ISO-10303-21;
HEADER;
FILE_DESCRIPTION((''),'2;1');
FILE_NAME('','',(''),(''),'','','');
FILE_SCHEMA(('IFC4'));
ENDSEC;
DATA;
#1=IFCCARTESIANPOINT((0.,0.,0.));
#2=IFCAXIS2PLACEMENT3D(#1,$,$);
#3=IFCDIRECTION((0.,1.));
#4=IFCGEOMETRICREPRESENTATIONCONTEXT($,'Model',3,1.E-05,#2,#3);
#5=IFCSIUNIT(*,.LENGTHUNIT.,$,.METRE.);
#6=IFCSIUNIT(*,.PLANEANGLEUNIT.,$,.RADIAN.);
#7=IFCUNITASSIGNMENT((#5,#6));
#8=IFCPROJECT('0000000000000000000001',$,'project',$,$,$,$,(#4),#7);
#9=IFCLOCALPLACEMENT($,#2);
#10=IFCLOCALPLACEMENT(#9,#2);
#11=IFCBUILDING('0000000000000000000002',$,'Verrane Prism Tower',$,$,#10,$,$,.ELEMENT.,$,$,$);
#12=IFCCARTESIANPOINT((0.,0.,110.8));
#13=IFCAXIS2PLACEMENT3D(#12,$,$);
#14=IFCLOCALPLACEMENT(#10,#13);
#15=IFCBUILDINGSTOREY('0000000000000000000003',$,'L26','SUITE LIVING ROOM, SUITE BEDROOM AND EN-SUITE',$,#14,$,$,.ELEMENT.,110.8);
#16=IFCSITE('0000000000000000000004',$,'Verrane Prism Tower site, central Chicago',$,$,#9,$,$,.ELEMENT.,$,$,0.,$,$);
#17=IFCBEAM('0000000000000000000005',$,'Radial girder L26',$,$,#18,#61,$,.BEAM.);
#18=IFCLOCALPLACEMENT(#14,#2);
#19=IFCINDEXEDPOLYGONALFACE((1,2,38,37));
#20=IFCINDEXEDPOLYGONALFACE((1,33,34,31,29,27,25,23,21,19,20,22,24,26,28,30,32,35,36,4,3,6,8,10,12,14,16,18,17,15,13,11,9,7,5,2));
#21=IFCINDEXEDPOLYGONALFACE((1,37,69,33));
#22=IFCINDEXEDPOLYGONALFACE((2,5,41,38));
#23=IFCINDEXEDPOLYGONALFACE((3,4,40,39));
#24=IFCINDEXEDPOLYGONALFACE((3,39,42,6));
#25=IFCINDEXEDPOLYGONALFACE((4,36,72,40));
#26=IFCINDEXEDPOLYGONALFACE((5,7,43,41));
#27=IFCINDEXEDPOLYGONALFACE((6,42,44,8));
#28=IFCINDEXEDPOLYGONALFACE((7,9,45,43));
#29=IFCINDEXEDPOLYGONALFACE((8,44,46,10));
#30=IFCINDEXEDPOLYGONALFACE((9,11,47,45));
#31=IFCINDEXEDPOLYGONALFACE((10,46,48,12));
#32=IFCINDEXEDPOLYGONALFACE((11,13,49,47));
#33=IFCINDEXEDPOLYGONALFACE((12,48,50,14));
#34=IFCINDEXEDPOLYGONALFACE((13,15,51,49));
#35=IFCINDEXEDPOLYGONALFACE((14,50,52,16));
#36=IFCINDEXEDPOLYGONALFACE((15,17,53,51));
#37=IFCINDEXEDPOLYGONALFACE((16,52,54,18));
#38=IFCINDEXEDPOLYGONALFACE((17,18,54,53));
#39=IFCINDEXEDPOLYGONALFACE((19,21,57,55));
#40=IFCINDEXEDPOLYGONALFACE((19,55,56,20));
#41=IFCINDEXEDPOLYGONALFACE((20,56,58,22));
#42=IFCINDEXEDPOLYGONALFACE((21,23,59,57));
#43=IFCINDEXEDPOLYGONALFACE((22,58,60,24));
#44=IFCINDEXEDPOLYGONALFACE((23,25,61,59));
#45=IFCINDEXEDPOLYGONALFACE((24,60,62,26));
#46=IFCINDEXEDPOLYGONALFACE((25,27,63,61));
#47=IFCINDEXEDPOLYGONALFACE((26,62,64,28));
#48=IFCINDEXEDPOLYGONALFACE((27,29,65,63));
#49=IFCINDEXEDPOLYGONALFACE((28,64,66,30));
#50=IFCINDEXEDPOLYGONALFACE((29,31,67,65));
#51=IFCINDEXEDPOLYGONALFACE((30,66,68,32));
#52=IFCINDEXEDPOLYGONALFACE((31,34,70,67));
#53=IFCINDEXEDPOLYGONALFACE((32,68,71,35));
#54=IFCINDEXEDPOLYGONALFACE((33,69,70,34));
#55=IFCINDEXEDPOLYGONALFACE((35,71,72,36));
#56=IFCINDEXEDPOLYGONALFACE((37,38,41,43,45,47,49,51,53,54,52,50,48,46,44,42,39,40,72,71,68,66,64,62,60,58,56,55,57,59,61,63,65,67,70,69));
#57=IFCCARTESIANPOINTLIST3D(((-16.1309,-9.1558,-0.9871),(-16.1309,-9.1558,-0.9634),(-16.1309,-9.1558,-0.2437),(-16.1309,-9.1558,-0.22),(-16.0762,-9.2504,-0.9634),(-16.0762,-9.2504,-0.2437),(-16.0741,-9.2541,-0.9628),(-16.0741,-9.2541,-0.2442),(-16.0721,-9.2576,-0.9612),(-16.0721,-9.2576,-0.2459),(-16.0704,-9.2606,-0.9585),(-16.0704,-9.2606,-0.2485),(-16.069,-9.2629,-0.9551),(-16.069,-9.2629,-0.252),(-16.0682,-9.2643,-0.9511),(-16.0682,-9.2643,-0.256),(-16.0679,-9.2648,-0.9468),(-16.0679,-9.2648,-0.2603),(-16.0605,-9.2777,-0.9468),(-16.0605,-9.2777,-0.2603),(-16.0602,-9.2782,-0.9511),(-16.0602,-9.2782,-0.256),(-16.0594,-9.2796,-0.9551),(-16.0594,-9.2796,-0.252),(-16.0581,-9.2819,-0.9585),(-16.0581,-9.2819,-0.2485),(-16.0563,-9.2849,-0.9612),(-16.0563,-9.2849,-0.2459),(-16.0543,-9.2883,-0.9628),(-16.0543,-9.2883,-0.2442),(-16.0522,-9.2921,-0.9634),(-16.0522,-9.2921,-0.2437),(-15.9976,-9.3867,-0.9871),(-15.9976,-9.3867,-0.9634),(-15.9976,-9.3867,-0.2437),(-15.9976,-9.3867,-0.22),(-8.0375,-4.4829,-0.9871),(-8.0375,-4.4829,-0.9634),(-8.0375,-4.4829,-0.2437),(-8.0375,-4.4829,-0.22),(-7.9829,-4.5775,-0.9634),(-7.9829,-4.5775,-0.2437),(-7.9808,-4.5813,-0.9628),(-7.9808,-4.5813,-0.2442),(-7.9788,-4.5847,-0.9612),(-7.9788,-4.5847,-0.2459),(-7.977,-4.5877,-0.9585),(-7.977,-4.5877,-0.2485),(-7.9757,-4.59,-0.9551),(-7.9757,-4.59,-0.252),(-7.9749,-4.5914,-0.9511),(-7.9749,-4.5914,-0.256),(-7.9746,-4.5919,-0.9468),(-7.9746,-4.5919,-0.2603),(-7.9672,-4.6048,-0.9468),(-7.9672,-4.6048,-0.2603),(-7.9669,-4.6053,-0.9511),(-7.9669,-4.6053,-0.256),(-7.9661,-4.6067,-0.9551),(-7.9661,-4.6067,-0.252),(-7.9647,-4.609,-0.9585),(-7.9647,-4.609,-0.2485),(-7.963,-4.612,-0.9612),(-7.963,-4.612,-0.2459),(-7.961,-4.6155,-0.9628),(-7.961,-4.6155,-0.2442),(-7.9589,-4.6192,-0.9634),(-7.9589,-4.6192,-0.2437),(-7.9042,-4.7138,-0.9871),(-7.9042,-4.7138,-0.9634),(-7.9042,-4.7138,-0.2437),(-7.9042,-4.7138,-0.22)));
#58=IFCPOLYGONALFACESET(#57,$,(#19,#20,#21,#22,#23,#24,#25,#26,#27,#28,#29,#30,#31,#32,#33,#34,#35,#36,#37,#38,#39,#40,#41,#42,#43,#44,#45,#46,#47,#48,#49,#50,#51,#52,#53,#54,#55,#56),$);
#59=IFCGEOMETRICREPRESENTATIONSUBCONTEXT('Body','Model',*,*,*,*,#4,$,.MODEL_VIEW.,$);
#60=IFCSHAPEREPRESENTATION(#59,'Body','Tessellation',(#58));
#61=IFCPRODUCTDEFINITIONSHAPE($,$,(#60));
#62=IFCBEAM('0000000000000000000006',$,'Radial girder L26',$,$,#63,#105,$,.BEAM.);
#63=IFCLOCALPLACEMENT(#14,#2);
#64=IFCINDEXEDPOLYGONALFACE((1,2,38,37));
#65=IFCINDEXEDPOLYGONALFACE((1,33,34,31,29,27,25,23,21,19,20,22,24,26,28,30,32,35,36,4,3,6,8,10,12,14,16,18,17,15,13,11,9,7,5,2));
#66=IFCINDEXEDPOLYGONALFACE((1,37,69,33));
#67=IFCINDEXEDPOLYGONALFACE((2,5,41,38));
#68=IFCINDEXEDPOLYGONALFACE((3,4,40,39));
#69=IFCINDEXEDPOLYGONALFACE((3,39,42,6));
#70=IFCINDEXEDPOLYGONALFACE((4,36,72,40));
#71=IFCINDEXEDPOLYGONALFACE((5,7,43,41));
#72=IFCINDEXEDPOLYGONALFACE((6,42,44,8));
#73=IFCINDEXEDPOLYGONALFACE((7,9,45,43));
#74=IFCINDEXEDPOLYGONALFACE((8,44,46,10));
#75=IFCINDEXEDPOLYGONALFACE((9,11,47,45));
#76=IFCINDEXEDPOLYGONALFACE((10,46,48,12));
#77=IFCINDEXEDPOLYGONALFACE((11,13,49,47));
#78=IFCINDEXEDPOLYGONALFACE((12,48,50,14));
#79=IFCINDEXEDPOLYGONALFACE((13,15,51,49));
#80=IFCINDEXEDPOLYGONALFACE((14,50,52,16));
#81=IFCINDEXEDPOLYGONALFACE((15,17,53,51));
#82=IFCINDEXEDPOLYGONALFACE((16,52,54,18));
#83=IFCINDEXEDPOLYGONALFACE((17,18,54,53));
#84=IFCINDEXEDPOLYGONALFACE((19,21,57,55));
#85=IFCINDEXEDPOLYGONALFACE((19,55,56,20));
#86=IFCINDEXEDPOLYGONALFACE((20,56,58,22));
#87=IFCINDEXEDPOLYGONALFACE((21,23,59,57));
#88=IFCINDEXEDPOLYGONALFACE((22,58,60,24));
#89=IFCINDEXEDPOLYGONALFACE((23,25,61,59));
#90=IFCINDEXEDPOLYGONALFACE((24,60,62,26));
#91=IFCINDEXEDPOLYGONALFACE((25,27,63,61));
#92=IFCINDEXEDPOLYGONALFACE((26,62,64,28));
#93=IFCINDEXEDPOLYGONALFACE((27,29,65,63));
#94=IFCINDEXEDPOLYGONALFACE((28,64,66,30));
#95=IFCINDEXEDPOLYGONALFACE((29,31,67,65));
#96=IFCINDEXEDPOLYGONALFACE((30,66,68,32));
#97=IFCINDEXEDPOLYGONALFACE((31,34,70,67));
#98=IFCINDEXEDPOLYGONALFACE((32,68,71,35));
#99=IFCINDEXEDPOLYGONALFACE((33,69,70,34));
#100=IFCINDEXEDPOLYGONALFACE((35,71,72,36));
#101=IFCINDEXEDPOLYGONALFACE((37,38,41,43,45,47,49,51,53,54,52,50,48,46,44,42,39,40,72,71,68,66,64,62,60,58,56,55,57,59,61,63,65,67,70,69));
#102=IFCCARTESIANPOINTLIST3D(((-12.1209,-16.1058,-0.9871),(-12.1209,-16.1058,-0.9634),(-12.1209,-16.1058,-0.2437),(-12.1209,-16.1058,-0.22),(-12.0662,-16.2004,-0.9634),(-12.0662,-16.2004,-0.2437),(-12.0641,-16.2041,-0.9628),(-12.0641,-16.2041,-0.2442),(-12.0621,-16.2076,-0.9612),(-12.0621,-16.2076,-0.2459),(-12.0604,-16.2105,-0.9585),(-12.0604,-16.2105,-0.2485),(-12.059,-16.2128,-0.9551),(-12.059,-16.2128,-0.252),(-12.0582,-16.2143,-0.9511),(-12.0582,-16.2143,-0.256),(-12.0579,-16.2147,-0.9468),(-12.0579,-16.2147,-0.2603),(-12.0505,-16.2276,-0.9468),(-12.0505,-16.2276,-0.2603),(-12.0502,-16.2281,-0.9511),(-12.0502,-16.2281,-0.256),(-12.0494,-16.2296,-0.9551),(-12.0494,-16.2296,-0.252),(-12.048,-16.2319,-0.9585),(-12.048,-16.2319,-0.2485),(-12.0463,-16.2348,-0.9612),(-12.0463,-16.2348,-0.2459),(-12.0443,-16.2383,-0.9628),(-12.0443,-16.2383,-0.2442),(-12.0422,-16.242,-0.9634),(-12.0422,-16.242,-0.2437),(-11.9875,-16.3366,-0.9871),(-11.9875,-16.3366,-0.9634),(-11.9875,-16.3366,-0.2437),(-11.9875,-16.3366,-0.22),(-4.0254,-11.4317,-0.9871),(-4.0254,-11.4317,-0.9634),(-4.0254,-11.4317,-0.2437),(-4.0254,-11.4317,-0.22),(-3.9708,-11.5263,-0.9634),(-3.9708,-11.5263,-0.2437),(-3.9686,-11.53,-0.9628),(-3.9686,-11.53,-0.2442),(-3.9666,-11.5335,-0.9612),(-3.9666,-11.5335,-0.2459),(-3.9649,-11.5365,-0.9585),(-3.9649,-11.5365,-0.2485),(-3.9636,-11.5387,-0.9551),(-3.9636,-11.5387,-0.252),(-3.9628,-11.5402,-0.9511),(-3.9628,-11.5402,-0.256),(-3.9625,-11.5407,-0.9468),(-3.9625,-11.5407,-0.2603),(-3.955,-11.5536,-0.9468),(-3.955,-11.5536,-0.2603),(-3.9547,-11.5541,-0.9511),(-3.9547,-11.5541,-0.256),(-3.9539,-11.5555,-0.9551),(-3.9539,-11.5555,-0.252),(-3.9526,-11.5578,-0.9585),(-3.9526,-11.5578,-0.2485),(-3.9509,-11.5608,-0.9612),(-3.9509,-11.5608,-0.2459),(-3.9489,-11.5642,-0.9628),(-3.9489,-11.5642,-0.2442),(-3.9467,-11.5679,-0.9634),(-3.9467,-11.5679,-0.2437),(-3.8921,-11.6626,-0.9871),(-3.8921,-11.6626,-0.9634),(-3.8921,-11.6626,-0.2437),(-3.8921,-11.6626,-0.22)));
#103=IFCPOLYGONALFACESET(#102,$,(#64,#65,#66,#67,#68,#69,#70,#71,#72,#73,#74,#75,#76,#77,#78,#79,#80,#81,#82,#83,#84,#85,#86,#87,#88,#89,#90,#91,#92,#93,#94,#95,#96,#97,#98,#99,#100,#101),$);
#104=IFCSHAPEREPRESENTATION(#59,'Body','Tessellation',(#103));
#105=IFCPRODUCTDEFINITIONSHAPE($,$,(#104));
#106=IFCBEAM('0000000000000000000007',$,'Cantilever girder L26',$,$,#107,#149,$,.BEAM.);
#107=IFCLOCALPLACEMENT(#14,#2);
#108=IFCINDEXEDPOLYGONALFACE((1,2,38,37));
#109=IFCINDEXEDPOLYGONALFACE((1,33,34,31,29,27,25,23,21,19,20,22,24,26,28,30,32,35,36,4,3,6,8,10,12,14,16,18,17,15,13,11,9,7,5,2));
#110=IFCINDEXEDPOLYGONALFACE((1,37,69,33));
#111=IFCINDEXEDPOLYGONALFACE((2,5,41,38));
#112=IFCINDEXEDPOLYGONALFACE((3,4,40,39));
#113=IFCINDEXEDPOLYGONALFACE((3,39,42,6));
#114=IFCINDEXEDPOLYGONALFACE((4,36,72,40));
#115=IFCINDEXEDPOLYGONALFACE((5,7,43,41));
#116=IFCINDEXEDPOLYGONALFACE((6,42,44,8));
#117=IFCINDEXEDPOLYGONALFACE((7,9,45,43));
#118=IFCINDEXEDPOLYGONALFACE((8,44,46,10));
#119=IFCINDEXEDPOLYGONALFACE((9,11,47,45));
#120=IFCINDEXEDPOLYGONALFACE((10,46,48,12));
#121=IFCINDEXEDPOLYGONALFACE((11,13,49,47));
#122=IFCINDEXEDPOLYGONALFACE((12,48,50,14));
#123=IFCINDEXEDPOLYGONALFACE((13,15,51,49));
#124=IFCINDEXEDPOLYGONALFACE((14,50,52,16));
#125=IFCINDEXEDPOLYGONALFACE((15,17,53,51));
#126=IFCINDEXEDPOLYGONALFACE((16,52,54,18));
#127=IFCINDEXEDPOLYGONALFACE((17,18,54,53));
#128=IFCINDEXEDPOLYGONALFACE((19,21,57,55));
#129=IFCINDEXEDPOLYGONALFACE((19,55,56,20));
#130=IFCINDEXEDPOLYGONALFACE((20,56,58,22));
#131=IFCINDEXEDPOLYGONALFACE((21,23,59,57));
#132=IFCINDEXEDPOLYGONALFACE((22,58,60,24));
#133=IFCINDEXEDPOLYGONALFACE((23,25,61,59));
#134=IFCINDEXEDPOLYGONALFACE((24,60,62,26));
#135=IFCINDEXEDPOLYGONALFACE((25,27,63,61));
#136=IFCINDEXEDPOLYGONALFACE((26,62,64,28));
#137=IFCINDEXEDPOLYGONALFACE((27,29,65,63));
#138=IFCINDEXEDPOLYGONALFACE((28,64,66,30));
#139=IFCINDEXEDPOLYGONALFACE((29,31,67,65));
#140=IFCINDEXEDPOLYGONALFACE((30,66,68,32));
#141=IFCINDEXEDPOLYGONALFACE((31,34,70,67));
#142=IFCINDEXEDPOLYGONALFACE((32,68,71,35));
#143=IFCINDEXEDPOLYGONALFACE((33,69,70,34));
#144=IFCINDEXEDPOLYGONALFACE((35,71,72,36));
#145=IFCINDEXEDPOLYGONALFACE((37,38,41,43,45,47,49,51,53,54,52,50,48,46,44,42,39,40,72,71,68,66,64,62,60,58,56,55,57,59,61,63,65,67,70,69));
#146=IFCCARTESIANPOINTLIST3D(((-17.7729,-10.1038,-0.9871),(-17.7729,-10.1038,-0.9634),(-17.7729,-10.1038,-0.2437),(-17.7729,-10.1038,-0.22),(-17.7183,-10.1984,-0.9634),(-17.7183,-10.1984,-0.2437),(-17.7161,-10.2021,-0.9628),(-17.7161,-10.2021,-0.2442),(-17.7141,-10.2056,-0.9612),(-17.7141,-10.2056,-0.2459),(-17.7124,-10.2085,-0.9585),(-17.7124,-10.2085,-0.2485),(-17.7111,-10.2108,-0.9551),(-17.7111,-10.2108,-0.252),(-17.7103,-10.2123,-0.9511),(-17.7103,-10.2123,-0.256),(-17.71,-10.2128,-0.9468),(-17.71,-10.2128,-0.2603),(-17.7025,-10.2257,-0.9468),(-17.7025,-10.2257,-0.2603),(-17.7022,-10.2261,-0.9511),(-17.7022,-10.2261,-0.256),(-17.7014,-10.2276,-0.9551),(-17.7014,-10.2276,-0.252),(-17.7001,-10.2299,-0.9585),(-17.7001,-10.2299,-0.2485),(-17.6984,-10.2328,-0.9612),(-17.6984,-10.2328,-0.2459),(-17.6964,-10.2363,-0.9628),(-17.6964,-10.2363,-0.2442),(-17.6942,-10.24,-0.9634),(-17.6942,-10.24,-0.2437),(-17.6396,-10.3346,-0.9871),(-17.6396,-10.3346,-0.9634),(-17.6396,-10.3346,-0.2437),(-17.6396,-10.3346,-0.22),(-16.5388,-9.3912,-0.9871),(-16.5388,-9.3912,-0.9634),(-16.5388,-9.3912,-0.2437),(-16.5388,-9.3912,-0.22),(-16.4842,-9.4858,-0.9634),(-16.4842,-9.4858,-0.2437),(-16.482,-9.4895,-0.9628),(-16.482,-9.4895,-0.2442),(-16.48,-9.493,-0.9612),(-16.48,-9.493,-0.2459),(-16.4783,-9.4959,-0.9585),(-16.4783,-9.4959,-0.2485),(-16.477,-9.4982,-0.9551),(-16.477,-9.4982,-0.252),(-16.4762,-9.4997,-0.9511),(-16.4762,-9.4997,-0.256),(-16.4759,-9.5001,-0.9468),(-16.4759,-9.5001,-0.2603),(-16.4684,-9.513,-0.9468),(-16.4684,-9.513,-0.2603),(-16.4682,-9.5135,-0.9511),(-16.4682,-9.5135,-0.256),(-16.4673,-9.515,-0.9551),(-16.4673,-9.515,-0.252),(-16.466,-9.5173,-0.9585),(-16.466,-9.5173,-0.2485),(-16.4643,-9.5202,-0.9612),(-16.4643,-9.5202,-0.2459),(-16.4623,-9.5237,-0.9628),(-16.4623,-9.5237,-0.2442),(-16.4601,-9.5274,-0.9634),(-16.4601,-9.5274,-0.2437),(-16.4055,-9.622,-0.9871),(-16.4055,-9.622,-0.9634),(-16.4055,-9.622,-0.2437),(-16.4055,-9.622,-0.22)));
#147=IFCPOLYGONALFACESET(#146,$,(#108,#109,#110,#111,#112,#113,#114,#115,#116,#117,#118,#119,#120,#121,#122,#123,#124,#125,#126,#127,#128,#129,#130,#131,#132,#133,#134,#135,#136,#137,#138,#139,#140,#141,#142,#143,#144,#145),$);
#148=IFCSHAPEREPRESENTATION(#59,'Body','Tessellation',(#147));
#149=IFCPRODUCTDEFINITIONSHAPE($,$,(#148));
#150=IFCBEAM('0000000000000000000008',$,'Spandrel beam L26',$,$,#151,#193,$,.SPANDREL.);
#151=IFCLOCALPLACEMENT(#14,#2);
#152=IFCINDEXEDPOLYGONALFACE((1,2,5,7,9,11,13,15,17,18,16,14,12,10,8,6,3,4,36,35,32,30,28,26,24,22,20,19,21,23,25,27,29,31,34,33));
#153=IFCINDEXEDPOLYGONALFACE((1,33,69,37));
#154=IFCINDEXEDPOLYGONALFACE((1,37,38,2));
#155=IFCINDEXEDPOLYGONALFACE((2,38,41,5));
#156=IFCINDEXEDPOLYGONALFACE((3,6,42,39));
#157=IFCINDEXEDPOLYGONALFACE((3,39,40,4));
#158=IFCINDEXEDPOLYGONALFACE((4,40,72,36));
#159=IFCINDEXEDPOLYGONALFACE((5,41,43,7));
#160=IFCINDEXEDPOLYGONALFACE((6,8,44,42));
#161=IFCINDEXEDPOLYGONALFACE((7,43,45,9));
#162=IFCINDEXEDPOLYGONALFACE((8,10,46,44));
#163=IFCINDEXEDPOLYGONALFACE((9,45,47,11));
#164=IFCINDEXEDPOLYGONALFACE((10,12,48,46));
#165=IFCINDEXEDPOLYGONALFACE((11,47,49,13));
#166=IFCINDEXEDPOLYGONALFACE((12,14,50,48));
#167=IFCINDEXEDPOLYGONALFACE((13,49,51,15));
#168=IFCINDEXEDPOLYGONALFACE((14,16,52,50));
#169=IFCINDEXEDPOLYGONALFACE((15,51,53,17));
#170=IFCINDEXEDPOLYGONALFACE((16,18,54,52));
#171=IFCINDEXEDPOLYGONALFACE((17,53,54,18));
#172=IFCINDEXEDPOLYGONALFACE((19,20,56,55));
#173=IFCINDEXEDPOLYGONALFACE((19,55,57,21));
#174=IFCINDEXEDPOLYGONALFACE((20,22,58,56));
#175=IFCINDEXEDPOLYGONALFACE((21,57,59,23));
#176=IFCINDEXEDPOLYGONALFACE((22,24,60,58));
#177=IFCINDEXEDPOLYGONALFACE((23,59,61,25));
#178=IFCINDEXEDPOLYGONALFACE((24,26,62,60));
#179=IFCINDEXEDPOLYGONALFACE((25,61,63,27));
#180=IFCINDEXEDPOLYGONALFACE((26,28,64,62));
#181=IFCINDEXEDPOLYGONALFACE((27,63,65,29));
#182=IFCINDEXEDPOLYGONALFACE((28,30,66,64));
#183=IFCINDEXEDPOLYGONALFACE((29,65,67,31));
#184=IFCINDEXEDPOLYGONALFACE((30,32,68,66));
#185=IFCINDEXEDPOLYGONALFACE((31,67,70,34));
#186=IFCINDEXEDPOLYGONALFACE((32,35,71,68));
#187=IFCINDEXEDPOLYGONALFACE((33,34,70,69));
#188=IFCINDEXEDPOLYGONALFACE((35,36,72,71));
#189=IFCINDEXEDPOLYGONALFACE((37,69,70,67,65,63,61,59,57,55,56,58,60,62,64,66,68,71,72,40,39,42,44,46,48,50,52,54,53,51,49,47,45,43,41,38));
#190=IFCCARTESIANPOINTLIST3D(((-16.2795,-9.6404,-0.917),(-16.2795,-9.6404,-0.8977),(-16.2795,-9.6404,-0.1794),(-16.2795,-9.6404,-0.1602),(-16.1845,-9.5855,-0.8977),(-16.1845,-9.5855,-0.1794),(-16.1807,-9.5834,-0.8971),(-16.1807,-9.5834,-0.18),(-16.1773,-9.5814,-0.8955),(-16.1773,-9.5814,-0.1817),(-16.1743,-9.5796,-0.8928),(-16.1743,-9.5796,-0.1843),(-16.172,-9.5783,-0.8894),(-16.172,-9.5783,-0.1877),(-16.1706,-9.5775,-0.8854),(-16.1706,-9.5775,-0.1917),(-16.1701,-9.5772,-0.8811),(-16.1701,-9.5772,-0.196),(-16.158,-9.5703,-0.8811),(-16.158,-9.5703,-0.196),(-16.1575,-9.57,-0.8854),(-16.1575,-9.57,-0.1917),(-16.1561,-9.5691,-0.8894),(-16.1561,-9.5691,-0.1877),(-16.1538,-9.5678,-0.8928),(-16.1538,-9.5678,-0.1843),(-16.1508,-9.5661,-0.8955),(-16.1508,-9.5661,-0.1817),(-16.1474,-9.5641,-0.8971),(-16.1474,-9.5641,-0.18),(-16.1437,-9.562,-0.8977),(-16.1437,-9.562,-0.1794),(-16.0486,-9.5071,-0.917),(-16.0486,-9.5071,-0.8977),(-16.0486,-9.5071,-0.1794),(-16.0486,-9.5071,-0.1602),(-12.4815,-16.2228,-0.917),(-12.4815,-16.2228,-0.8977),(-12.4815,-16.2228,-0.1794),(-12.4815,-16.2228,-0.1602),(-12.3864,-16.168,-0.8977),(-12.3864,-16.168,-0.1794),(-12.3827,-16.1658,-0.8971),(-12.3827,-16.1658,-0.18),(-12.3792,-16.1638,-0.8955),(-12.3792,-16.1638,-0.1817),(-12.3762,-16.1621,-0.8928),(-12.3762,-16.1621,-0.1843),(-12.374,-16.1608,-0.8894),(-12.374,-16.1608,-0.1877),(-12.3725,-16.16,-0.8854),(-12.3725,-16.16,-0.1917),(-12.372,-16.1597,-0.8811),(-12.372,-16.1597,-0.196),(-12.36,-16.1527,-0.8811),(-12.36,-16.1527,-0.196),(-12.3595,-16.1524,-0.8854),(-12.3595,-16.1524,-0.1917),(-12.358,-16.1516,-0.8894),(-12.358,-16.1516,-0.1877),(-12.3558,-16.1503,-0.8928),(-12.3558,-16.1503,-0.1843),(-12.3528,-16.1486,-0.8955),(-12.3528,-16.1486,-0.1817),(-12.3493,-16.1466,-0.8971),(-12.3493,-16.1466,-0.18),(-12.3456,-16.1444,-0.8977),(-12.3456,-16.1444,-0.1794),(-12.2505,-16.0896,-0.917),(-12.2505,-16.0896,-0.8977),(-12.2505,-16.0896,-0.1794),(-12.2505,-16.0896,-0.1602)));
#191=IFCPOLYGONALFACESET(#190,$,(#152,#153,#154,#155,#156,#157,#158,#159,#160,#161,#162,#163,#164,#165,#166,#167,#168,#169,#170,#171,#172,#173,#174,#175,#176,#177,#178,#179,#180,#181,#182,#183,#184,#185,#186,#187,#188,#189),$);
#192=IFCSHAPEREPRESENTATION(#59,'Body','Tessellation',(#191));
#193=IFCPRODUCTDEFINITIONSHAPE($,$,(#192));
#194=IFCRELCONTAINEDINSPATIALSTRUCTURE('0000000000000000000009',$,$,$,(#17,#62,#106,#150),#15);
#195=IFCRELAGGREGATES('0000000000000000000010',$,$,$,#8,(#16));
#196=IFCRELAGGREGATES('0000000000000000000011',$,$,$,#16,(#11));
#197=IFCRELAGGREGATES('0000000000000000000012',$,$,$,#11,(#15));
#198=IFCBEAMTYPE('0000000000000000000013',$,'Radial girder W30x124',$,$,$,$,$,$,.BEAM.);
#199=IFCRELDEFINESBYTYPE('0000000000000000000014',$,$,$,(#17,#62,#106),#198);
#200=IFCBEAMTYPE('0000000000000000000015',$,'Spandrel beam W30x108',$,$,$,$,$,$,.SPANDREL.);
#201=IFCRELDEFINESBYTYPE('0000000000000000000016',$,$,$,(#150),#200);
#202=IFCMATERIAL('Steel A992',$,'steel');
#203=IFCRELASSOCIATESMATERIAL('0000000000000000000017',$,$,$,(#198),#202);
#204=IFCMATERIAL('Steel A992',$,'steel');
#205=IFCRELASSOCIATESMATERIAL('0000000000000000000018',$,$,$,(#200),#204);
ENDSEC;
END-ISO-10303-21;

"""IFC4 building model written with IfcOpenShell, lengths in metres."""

from ifc_helpers import new_model, si_unit, direction, frame, origin, origin_2d, place, context, subcontext, project, spatial, i_section, extrude, material, material_profile, profile_set, type_object, element, save


model = new_model("IFC4")

# Units and contexts
model_context = context("Model", 3, precision=1e-05, world=origin(), true_north=direction((0.0, 1.0)))
body_context = subcontext(model_context, "Body", "Model", "MODEL_VIEW")
ifc_project = project(units=[si_unit("LENGTHUNIT", "METRE"), si_unit("PLANEANGLEUNIT", "RADIAN")], contexts=[model_context])

# Site, building, storey
site_placement = place(None, origin())
site = spatial("IfcSite", under=ifc_project, at=site_placement, Name="Verrane Prism Tower site, central Chicago", CompositionType="ELEMENT", RefElevation=0.0)
building_placement = place(site_placement, origin())
building = spatial("IfcBuilding", under=site, at=building_placement, Name="Verrane Prism Tower", CompositionType="ELEMENT")
storey_placement = place(building_placement, frame((0.0, 0.0, 110.8)))
storey = spatial("IfcBuildingStorey", under=building, at=storey_placement, Name="L26", Description="SUITE LIVING ROOM, SUITE BEDROOM AND EN-SUITE", CompositionType="ELEMENT", Elevation=110.8)

# Beams
ifc_material_1 = material(Name="Steel A992", Category="steel")
ifc_material_profile_1 = material_profile(ifc_material_1, i_section(OverallWidth=0.2666, OverallDepth=0.7671, WebThickness=0.0149, FlangeThickness=0.0237, FilletRadius=0.0166, at=origin_2d()), Name="W30x124")
ifc_profile_set_1 = profile_set([ifc_material_profile_1], Name="Steel A992")
beam_type_1 = type_object("IfcBeamType", Name="Radial girder W30x124", PredefinedType="BEAM", material=ifc_profile_set_1)
beam_1_placement = place(storey_placement, frame((-16.0642, -9.2712, -0.6035), z_axis=(0.866016, 0.500016, 0.0), x_axis=(-0.500016, 0.866016, 0.0)))
element("IfcBeam", 1, at=beam_1_placement, inside=storey, type_object=beam_type_1, Name="Radial girder L26", PredefinedType="BEAM", context=body_context, shape_type="SweptSolid", body=[
    extrude(i_section(OverallWidth=0.2666, OverallDepth=0.7671, WebThickness=0.0149, FlangeThickness=0.0237, FilletRadius=0.0166, at=origin_2d()), origin(), (0.0, 0.0, 1.0), 9.3455),
])
beam_2_placement = place(storey_placement, frame((-12.0542, -16.2212, -0.6035), z_axis=(0.866018, 0.500013, 0.0), x_axis=(-0.500013, 0.866018, 0.0)))
element("IfcBeam", 2, at=beam_2_placement, inside=storey, type_object=beam_type_1, Name="Radial girder L26", PredefinedType="BEAM", context=body_context, shape_type="SweptSolid", body=[
    extrude(i_section(OverallWidth=0.2666, OverallDepth=0.7671, WebThickness=0.0149, FlangeThickness=0.0237, FilletRadius=0.0166, at=origin_2d()), origin(), (0.0, 0.0, 1.0), 9.3479),
])
beam_3_placement = place(storey_placement, frame((-16.4722, -9.5066, -0.6035), z_axis=(-0.865989, -0.500064, 0.0), x_axis=(0.500064, -0.865989, 0.0)))
element("IfcBeam", 3, at=beam_3_placement, inside=storey, type_object=beam_type_1, Name="Cantilever girder L26", PredefinedType="BEAM", context=body_context, shape_type="SweptSolid", body=[
    extrude(i_section(OverallWidth=0.2666, OverallDepth=0.7671, WebThickness=0.0149, FlangeThickness=0.0237, FilletRadius=0.0166, at=origin_2d()), origin(), (0.0, 0.0, 1.0), 1.425),
])
ifc_material_2 = material(Name="Steel A992", Category="steel")
ifc_material_profile_2 = material_profile(ifc_material_2, i_section(OverallWidth=0.2666, OverallDepth=0.7568, WebThickness=0.0139, FlangeThickness=0.0193, FilletRadius=0.0166, at=origin_2d()), Name="W30x108")
ifc_profile_set_2 = profile_set([ifc_material_profile_2], Name="Steel A992")
beam_type_2 = type_object("IfcBeamType", Name="Spandrel beam W30x108", PredefinedType="SPANDREL", material=ifc_profile_set_2)
for number, where, z_axis, x_axis, name in (
    (4, (-16.1641, -9.5737, -0.5386), (0.499771, -0.866158, 0.0), (0.866158, 0.499771, 0.0), "Spandrel beam L26"),
):
    element("IfcBeam", number, at=place(storey_placement, frame(where, z_axis=z_axis, x_axis=x_axis)), inside=storey, type_object=beam_type_2, Name=name, PredefinedType="SPANDREL", context=body_context, shape_type="SweptSolid", body=[
        extrude(i_section(OverallWidth=0.2666, OverallDepth=0.7568, WebThickness=0.0139, FlangeThickness=0.0193, FilletRadius=0.0166, at=origin_2d()), origin(), (0.0, 0.0, 1.0), 7.5996),
    ])

save(model, "model.ifc")
